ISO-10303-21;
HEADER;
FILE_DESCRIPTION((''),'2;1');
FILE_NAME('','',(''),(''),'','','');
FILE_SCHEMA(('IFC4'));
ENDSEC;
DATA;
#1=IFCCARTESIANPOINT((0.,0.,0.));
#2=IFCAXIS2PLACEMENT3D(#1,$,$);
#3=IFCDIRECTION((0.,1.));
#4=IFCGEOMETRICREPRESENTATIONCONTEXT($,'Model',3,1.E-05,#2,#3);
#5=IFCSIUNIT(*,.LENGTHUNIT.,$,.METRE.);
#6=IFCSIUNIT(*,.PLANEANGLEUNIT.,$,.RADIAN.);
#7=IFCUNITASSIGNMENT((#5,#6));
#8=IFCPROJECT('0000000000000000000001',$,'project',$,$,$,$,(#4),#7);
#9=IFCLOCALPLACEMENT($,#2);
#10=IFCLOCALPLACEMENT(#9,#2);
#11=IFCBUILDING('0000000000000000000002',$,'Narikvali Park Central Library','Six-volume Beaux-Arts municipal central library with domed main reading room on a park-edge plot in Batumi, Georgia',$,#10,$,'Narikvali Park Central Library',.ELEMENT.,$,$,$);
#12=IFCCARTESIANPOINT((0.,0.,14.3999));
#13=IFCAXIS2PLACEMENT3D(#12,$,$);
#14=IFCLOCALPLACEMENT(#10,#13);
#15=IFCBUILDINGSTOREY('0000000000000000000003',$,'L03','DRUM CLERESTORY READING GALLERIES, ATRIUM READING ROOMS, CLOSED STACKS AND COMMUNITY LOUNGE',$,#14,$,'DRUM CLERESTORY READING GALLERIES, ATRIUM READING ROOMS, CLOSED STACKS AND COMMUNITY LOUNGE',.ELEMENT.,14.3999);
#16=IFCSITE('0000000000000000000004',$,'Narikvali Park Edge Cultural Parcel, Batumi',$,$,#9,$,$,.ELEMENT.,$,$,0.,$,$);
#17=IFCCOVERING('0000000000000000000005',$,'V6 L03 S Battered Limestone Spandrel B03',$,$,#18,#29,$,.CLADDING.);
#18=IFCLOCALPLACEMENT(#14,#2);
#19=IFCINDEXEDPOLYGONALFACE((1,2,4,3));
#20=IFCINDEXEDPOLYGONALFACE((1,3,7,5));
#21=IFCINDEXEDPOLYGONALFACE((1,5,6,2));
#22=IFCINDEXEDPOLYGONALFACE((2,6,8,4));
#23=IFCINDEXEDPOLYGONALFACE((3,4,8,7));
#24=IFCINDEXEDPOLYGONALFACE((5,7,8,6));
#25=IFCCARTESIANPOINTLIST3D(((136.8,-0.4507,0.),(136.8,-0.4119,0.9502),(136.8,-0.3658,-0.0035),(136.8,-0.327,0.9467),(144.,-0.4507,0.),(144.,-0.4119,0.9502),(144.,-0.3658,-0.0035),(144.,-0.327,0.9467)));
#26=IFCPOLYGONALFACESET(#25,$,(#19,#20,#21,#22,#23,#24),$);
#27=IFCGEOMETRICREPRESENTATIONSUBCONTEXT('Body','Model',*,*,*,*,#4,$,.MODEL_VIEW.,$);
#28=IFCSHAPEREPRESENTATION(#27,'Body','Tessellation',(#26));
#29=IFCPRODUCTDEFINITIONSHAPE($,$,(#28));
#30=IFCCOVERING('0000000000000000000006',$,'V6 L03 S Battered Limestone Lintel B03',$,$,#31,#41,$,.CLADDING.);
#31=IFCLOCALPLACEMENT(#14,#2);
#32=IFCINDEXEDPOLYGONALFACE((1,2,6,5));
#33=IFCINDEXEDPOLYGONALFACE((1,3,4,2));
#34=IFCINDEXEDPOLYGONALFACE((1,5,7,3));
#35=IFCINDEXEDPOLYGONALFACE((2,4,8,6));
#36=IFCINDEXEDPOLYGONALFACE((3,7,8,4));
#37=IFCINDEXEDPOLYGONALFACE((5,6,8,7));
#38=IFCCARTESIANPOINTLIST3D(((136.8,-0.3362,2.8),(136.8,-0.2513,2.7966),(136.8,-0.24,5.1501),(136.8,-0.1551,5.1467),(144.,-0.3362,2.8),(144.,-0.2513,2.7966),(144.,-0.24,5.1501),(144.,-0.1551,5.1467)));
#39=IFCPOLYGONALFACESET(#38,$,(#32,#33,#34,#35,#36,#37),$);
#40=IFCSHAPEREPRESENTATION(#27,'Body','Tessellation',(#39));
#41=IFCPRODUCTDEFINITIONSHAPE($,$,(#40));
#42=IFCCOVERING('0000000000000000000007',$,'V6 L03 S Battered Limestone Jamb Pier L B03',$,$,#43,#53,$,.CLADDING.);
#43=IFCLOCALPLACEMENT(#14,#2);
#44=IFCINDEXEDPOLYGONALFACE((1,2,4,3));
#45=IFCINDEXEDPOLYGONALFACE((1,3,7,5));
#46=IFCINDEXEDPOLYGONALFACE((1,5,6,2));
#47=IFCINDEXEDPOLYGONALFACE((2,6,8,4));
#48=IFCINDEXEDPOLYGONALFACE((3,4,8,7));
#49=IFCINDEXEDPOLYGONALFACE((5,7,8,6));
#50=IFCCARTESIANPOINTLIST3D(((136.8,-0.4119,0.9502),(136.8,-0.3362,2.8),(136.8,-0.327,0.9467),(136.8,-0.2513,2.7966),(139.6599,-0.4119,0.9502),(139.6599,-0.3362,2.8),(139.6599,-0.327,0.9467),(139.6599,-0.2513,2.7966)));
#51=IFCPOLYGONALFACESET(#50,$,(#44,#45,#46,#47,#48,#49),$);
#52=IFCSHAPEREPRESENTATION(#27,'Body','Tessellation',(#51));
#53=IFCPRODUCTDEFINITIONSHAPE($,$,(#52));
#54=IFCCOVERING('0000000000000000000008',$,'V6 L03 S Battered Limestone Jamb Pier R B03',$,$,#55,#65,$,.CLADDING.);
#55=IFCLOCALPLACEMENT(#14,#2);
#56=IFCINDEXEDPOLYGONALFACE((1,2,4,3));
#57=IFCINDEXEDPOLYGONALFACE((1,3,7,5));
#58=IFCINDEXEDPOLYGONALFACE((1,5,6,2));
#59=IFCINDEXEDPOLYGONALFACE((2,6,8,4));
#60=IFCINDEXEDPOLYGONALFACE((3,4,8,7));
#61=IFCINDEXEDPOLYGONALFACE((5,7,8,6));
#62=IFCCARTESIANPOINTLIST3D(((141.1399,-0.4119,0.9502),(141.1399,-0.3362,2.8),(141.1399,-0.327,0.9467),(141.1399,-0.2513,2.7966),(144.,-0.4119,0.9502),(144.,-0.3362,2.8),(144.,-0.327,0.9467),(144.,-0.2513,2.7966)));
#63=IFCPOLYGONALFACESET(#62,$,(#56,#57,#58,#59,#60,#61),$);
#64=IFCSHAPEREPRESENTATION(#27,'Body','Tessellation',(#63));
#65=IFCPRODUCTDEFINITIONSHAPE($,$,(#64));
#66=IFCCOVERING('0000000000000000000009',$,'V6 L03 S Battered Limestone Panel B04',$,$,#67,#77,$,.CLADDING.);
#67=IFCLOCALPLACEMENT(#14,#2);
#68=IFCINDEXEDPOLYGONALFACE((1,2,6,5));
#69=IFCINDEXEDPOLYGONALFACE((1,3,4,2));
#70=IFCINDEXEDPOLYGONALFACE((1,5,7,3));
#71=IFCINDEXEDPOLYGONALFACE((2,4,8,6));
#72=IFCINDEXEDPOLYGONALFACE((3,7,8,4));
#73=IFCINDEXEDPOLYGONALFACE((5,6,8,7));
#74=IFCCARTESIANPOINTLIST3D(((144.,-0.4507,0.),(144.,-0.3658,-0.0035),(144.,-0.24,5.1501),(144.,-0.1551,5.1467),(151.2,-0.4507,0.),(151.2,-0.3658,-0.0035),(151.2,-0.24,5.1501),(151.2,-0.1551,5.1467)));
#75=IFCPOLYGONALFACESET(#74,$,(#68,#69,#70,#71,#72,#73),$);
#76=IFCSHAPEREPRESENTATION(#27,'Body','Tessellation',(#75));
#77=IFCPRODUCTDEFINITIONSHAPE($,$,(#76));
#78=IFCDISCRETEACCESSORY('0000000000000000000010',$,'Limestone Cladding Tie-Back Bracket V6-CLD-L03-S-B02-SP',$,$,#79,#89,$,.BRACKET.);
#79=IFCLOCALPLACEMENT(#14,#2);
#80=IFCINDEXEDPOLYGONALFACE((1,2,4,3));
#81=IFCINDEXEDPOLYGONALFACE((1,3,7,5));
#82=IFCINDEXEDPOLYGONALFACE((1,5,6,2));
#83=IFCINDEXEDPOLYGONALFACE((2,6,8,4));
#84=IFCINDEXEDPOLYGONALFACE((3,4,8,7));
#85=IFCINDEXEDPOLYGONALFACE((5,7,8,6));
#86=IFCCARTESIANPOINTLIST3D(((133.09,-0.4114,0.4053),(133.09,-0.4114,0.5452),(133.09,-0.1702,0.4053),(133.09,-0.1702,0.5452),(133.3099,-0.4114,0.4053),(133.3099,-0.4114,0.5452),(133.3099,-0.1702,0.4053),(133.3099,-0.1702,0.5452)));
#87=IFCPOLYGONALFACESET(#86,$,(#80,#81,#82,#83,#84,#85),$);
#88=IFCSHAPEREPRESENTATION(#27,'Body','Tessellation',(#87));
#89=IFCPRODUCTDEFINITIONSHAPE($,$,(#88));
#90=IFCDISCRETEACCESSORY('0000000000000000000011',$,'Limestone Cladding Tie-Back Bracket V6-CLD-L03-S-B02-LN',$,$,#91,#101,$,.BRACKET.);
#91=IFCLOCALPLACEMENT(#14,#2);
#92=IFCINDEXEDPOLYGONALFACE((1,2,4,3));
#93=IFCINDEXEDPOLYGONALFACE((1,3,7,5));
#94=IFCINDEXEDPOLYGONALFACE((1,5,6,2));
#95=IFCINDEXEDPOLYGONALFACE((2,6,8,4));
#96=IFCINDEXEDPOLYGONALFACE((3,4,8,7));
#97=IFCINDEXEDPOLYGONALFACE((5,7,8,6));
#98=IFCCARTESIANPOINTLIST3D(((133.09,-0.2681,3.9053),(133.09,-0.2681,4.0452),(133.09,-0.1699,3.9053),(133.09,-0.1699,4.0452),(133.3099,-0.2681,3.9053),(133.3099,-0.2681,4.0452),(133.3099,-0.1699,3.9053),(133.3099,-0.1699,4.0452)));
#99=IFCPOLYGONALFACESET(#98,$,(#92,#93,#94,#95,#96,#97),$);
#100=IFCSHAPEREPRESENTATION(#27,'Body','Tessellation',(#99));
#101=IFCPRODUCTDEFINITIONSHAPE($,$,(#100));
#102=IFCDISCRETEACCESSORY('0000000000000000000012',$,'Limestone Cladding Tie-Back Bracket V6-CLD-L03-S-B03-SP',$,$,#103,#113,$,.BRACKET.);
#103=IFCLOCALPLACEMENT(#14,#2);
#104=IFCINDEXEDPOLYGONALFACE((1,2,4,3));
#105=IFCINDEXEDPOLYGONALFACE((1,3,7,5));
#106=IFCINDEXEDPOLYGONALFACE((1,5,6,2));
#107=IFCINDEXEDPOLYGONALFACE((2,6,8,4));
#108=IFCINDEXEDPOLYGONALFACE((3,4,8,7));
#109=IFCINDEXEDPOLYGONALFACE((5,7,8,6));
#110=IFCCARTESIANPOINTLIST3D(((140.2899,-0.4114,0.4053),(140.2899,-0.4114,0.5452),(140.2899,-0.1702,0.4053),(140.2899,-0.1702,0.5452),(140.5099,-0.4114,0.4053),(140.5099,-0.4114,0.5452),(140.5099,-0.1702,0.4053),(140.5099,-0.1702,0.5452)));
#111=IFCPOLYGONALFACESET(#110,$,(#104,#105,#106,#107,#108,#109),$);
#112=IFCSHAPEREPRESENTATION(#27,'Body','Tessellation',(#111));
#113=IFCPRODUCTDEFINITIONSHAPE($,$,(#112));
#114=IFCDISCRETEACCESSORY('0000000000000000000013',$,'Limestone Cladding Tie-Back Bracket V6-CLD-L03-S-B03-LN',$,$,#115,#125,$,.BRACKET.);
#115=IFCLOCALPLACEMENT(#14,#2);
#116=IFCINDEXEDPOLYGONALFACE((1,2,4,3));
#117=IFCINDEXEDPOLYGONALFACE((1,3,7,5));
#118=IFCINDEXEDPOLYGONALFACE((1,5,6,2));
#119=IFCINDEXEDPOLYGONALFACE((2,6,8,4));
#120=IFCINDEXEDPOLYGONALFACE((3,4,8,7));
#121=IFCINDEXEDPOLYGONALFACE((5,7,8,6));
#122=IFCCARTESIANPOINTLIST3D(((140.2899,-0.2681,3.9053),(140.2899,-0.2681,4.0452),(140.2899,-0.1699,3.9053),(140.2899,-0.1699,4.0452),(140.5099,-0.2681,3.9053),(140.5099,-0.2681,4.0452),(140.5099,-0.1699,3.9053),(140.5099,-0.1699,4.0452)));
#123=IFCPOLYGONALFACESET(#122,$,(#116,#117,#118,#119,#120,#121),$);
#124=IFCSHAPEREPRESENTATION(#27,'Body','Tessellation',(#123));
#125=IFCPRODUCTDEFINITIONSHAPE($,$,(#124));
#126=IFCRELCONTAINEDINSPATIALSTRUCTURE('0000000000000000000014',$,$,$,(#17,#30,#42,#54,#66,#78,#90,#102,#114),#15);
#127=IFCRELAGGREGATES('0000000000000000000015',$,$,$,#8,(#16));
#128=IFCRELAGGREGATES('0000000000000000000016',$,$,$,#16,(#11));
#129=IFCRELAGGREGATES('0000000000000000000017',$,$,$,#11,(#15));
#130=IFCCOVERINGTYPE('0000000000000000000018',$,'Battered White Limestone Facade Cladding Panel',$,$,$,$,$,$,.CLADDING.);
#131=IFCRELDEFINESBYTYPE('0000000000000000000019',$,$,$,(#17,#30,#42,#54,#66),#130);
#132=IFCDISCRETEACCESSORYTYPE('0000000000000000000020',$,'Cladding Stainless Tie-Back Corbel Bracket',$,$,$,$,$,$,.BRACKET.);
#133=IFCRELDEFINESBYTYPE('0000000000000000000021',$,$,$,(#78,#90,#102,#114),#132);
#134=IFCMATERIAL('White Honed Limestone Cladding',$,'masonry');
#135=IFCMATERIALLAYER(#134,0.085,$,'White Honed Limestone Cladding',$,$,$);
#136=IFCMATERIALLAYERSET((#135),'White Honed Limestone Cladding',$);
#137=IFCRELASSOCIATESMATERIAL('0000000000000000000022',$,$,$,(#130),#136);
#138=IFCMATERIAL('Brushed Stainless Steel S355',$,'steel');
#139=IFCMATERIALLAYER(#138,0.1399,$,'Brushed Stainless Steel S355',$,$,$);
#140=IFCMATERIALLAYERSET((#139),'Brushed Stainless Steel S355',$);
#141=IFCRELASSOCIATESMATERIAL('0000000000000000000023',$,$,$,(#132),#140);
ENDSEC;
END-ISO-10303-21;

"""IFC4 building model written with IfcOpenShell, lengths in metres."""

from ifc_helpers import new_model, si_unit, direction, frame, origin, origin_2d, place, context, subcontext, project, spatial, polyline, rectangle, outline, extrude, material, layer, layer_set, type_object, element, save


model = new_model("IFC4")

# Units and contexts
model_context = context("Model", 3, precision=1e-05, world=origin(), true_north=direction((0.0, 1.0)))
body_context = subcontext(model_context, "Body", "Model", "MODEL_VIEW")
ifc_project = project(units=[si_unit("LENGTHUNIT", "METRE"), si_unit("PLANEANGLEUNIT", "RADIAN")], contexts=[model_context])

# Site, building, storey
site_placement = place(None, origin())
site = spatial("IfcSite", under=ifc_project, at=site_placement, Name="Narikvali Park Edge Cultural Parcel, Batumi", CompositionType="ELEMENT", RefElevation=0.0)
building_placement = place(site_placement, origin())
building = spatial("IfcBuilding", under=site, at=building_placement, Name="Narikvali Park Central Library", Description="Six-volume Beaux-Arts municipal central library with domed main reading room on a park-edge plot in Batumi, Georgia", LongName="Narikvali Park Central Library", CompositionType="ELEMENT")
storey_placement = place(building_placement, frame((0.0, 0.0, 14.3999)))
storey = spatial("IfcBuildingStorey", under=building, at=storey_placement, Name="L03", Description="DRUM CLERESTORY READING GALLERIES, ATRIUM READING ROOMS, CLOSED STACKS AND COMMUNITY LOUNGE", LongName="DRUM CLERESTORY READING GALLERIES, ATRIUM READING ROOMS, CLOSED STACKS AND COMMUNITY LOUNGE", CompositionType="ELEMENT", Elevation=14.3999)

# Coverings
ifc_material_1 = material(Name="White Honed Limestone Cladding", Category="masonry")
ifc_layer_1 = layer(ifc_material_1, 0.085, Name="White Honed Limestone Cladding")
ifc_layer_set_1 = layer_set([ifc_layer_1], Name="White Honed Limestone Cladding")
covering_type = type_object("IfcCoveringType", Name="Battered White Limestone Facade Cladding Panel", PredefinedType="CLADDING", material=ifc_layer_set_1)
covering_1_placement = place(storey_placement, frame((136.8, -0.4507, 0.0), z_axis=(0.0, -0.999167, 0.040819), x_axis=(1.0, 0.0, 0.0)))
element("IfcCovering", 1, at=covering_1_placement, inside=storey, type_object=covering_type, Name="V6 L03 S Battered Limestone Spandrel B03", PredefinedType="CLADDING", context=body_context, shape_type="SweptSolid", body=[
    extrude(outline(polyline([(0.0, 0.0), (7.2, 0.0), (7.2, 0.951), (0.0, 0.951), (0.0, 0.0)])), origin(), (0.0, 0.0, -1.0), 0.085),
])
covering_2_placement = place(storey_placement, frame((136.8, -0.3362, 2.8), z_axis=(0.0, -0.999163, 0.040897), x_axis=(1.0, 0.0, 0.0)))
element("IfcCovering", 2, at=covering_2_placement, inside=storey, type_object=covering_type, Name="V6 L03 S Battered Limestone Lintel B03", PredefinedType="CLADDING", context=body_context, shape_type="SweptSolid", body=[
    extrude(outline(polyline([(0.0, 0.0), (7.2, 0.0), (7.2, 2.3521), (0.0, 2.3521), (0.0, 0.0)])), origin(), (0.0, 0.0, -1.0), 0.085),
])
covering_3_placement = place(storey_placement, frame((136.8, -0.4119, 0.9502), z_axis=(0.0, -0.999164, 0.040879), x_axis=(1.0, 0.0, 0.0)))
element("IfcCovering", 3, at=covering_3_placement, inside=storey, type_object=covering_type, Name="V6 L03 S Battered Limestone Jamb Pier L B03", PredefinedType="CLADDING", context=body_context, shape_type="SweptSolid", body=[
    extrude(outline(polyline([(0.0, 0.0), (2.8599, 0.0), (2.8599, 1.8514), (0.0, 1.8514), (0.0, 0.0)])), origin(), (0.0, 0.0, -1.0), 0.085),
])
covering_4_placement = place(storey_placement, frame((141.1399, -0.4119, 0.9502), z_axis=(0.0, -0.999164, 0.040879), x_axis=(1.0, 0.0, 0.0)))
element("IfcCovering", 4, at=covering_4_placement, inside=storey, type_object=covering_type, Name="V6 L03 S Battered Limestone Jamb Pier R B03", PredefinedType="CLADDING", context=body_context, shape_type="SweptSolid", body=[
    extrude(outline(polyline([(0.0, 0.0), (2.8601, 0.0), (2.8601, 1.8514), (0.0, 1.8514), (0.0, 0.0)])), origin(), (0.0, 0.0, -1.0), 0.085),
])
covering_5_placement = place(storey_placement, frame((144.0, -0.4507, 0.0), z_axis=(0.0, -0.999164, 0.040876), x_axis=(1.0, 0.0, 0.0)))
element("IfcCovering", 5, at=covering_5_placement, inside=storey, type_object=covering_type, Name="V6 L03 S Battered Limestone Panel B04", PredefinedType="CLADDING", context=body_context, shape_type="SweptSolid", body=[
    extrude(outline(polyline([(0.0, 0.0), (7.2, 0.0), (7.2, 5.1545), (0.0, 5.1545), (0.0, 0.0)])), origin(), (0.0, 0.0, -1.0), 0.085),
])

# Discrete accessories
ifc_material_2 = material(Name="Brushed Stainless Steel S355", Category="steel")
ifc_layer_2 = layer(ifc_material_2, 0.1399, Name="Brushed Stainless Steel S355")
ifc_layer_set_2 = layer_set([ifc_layer_2], Name="Brushed Stainless Steel S355")
discrete_accessory_type = type_object("IfcDiscreteAccessoryType", Name="Cladding Stainless Tie-Back Corbel Bracket", PredefinedType="BRACKET", material=ifc_layer_set_2)
discrete_accessory_1_placement = place(storey_placement, frame((133.2, -0.2908, 0.4053), z_axis=(0.0, 0.0, 1.0), x_axis=(1.0, 0.0, 0.0)))
element("IfcDiscreteAccessory", 6, at=discrete_accessory_1_placement, inside=storey, type_object=discrete_accessory_type, Name="Limestone Cladding Tie-Back Bracket V6-CLD-L03-S-B02-SP", PredefinedType="BRACKET", context=body_context, shape_type="SweptSolid", body=[
    extrude(rectangle(XDim=0.22, YDim=0.2412, at=origin_2d()), origin(), (0.0, 0.0, 1.0), 0.1399),
])
discrete_accessory_2_placement = place(storey_placement, frame((133.2, -0.219, 3.9053), z_axis=(0.0, 0.0, 1.0), x_axis=(1.0, 0.0, 0.0)))
element("IfcDiscreteAccessory", 7, at=discrete_accessory_2_placement, inside=storey, type_object=discrete_accessory_type, Name="Limestone Cladding Tie-Back Bracket V6-CLD-L03-S-B02-LN", PredefinedType="BRACKET", context=body_context, shape_type="SweptSolid", body=[
    extrude(rectangle(XDim=0.22, YDim=0.0981, at=origin_2d()), origin(), (0.0, 0.0, 1.0), 0.1399),
])
discrete_accessory_3_placement = place(storey_placement, frame((140.3999, -0.2908, 0.4053), z_axis=(0.0, 0.0, 1.0), x_axis=(1.0, 0.0, 0.0)))
element("IfcDiscreteAccessory", 8, at=discrete_accessory_3_placement, inside=storey, type_object=discrete_accessory_type, Name="Limestone Cladding Tie-Back Bracket V6-CLD-L03-S-B03-SP", PredefinedType="BRACKET", context=body_context, shape_type="SweptSolid", body=[
    extrude(rectangle(XDim=0.22, YDim=0.2412, at=origin_2d()), origin(), (0.0, 0.0, 1.0), 0.1399),
])
discrete_accessory_4_placement = place(storey_placement, frame((140.3999, -0.219, 3.9053), z_axis=(0.0, 0.0, 1.0), x_axis=(1.0, 0.0, 0.0)))
element("IfcDiscreteAccessory", 9, at=discrete_accessory_4_placement, inside=storey, type_object=discrete_accessory_type, Name="Limestone Cladding Tie-Back Bracket V6-CLD-L03-S-B03-LN", PredefinedType="BRACKET", context=body_context, shape_type="SweptSolid", body=[
    extrude(rectangle(XDim=0.22, YDim=0.0981, at=origin_2d()), origin(), (0.0, 0.0, 1.0), 0.1399),
])

save(model, "model.ifc")
